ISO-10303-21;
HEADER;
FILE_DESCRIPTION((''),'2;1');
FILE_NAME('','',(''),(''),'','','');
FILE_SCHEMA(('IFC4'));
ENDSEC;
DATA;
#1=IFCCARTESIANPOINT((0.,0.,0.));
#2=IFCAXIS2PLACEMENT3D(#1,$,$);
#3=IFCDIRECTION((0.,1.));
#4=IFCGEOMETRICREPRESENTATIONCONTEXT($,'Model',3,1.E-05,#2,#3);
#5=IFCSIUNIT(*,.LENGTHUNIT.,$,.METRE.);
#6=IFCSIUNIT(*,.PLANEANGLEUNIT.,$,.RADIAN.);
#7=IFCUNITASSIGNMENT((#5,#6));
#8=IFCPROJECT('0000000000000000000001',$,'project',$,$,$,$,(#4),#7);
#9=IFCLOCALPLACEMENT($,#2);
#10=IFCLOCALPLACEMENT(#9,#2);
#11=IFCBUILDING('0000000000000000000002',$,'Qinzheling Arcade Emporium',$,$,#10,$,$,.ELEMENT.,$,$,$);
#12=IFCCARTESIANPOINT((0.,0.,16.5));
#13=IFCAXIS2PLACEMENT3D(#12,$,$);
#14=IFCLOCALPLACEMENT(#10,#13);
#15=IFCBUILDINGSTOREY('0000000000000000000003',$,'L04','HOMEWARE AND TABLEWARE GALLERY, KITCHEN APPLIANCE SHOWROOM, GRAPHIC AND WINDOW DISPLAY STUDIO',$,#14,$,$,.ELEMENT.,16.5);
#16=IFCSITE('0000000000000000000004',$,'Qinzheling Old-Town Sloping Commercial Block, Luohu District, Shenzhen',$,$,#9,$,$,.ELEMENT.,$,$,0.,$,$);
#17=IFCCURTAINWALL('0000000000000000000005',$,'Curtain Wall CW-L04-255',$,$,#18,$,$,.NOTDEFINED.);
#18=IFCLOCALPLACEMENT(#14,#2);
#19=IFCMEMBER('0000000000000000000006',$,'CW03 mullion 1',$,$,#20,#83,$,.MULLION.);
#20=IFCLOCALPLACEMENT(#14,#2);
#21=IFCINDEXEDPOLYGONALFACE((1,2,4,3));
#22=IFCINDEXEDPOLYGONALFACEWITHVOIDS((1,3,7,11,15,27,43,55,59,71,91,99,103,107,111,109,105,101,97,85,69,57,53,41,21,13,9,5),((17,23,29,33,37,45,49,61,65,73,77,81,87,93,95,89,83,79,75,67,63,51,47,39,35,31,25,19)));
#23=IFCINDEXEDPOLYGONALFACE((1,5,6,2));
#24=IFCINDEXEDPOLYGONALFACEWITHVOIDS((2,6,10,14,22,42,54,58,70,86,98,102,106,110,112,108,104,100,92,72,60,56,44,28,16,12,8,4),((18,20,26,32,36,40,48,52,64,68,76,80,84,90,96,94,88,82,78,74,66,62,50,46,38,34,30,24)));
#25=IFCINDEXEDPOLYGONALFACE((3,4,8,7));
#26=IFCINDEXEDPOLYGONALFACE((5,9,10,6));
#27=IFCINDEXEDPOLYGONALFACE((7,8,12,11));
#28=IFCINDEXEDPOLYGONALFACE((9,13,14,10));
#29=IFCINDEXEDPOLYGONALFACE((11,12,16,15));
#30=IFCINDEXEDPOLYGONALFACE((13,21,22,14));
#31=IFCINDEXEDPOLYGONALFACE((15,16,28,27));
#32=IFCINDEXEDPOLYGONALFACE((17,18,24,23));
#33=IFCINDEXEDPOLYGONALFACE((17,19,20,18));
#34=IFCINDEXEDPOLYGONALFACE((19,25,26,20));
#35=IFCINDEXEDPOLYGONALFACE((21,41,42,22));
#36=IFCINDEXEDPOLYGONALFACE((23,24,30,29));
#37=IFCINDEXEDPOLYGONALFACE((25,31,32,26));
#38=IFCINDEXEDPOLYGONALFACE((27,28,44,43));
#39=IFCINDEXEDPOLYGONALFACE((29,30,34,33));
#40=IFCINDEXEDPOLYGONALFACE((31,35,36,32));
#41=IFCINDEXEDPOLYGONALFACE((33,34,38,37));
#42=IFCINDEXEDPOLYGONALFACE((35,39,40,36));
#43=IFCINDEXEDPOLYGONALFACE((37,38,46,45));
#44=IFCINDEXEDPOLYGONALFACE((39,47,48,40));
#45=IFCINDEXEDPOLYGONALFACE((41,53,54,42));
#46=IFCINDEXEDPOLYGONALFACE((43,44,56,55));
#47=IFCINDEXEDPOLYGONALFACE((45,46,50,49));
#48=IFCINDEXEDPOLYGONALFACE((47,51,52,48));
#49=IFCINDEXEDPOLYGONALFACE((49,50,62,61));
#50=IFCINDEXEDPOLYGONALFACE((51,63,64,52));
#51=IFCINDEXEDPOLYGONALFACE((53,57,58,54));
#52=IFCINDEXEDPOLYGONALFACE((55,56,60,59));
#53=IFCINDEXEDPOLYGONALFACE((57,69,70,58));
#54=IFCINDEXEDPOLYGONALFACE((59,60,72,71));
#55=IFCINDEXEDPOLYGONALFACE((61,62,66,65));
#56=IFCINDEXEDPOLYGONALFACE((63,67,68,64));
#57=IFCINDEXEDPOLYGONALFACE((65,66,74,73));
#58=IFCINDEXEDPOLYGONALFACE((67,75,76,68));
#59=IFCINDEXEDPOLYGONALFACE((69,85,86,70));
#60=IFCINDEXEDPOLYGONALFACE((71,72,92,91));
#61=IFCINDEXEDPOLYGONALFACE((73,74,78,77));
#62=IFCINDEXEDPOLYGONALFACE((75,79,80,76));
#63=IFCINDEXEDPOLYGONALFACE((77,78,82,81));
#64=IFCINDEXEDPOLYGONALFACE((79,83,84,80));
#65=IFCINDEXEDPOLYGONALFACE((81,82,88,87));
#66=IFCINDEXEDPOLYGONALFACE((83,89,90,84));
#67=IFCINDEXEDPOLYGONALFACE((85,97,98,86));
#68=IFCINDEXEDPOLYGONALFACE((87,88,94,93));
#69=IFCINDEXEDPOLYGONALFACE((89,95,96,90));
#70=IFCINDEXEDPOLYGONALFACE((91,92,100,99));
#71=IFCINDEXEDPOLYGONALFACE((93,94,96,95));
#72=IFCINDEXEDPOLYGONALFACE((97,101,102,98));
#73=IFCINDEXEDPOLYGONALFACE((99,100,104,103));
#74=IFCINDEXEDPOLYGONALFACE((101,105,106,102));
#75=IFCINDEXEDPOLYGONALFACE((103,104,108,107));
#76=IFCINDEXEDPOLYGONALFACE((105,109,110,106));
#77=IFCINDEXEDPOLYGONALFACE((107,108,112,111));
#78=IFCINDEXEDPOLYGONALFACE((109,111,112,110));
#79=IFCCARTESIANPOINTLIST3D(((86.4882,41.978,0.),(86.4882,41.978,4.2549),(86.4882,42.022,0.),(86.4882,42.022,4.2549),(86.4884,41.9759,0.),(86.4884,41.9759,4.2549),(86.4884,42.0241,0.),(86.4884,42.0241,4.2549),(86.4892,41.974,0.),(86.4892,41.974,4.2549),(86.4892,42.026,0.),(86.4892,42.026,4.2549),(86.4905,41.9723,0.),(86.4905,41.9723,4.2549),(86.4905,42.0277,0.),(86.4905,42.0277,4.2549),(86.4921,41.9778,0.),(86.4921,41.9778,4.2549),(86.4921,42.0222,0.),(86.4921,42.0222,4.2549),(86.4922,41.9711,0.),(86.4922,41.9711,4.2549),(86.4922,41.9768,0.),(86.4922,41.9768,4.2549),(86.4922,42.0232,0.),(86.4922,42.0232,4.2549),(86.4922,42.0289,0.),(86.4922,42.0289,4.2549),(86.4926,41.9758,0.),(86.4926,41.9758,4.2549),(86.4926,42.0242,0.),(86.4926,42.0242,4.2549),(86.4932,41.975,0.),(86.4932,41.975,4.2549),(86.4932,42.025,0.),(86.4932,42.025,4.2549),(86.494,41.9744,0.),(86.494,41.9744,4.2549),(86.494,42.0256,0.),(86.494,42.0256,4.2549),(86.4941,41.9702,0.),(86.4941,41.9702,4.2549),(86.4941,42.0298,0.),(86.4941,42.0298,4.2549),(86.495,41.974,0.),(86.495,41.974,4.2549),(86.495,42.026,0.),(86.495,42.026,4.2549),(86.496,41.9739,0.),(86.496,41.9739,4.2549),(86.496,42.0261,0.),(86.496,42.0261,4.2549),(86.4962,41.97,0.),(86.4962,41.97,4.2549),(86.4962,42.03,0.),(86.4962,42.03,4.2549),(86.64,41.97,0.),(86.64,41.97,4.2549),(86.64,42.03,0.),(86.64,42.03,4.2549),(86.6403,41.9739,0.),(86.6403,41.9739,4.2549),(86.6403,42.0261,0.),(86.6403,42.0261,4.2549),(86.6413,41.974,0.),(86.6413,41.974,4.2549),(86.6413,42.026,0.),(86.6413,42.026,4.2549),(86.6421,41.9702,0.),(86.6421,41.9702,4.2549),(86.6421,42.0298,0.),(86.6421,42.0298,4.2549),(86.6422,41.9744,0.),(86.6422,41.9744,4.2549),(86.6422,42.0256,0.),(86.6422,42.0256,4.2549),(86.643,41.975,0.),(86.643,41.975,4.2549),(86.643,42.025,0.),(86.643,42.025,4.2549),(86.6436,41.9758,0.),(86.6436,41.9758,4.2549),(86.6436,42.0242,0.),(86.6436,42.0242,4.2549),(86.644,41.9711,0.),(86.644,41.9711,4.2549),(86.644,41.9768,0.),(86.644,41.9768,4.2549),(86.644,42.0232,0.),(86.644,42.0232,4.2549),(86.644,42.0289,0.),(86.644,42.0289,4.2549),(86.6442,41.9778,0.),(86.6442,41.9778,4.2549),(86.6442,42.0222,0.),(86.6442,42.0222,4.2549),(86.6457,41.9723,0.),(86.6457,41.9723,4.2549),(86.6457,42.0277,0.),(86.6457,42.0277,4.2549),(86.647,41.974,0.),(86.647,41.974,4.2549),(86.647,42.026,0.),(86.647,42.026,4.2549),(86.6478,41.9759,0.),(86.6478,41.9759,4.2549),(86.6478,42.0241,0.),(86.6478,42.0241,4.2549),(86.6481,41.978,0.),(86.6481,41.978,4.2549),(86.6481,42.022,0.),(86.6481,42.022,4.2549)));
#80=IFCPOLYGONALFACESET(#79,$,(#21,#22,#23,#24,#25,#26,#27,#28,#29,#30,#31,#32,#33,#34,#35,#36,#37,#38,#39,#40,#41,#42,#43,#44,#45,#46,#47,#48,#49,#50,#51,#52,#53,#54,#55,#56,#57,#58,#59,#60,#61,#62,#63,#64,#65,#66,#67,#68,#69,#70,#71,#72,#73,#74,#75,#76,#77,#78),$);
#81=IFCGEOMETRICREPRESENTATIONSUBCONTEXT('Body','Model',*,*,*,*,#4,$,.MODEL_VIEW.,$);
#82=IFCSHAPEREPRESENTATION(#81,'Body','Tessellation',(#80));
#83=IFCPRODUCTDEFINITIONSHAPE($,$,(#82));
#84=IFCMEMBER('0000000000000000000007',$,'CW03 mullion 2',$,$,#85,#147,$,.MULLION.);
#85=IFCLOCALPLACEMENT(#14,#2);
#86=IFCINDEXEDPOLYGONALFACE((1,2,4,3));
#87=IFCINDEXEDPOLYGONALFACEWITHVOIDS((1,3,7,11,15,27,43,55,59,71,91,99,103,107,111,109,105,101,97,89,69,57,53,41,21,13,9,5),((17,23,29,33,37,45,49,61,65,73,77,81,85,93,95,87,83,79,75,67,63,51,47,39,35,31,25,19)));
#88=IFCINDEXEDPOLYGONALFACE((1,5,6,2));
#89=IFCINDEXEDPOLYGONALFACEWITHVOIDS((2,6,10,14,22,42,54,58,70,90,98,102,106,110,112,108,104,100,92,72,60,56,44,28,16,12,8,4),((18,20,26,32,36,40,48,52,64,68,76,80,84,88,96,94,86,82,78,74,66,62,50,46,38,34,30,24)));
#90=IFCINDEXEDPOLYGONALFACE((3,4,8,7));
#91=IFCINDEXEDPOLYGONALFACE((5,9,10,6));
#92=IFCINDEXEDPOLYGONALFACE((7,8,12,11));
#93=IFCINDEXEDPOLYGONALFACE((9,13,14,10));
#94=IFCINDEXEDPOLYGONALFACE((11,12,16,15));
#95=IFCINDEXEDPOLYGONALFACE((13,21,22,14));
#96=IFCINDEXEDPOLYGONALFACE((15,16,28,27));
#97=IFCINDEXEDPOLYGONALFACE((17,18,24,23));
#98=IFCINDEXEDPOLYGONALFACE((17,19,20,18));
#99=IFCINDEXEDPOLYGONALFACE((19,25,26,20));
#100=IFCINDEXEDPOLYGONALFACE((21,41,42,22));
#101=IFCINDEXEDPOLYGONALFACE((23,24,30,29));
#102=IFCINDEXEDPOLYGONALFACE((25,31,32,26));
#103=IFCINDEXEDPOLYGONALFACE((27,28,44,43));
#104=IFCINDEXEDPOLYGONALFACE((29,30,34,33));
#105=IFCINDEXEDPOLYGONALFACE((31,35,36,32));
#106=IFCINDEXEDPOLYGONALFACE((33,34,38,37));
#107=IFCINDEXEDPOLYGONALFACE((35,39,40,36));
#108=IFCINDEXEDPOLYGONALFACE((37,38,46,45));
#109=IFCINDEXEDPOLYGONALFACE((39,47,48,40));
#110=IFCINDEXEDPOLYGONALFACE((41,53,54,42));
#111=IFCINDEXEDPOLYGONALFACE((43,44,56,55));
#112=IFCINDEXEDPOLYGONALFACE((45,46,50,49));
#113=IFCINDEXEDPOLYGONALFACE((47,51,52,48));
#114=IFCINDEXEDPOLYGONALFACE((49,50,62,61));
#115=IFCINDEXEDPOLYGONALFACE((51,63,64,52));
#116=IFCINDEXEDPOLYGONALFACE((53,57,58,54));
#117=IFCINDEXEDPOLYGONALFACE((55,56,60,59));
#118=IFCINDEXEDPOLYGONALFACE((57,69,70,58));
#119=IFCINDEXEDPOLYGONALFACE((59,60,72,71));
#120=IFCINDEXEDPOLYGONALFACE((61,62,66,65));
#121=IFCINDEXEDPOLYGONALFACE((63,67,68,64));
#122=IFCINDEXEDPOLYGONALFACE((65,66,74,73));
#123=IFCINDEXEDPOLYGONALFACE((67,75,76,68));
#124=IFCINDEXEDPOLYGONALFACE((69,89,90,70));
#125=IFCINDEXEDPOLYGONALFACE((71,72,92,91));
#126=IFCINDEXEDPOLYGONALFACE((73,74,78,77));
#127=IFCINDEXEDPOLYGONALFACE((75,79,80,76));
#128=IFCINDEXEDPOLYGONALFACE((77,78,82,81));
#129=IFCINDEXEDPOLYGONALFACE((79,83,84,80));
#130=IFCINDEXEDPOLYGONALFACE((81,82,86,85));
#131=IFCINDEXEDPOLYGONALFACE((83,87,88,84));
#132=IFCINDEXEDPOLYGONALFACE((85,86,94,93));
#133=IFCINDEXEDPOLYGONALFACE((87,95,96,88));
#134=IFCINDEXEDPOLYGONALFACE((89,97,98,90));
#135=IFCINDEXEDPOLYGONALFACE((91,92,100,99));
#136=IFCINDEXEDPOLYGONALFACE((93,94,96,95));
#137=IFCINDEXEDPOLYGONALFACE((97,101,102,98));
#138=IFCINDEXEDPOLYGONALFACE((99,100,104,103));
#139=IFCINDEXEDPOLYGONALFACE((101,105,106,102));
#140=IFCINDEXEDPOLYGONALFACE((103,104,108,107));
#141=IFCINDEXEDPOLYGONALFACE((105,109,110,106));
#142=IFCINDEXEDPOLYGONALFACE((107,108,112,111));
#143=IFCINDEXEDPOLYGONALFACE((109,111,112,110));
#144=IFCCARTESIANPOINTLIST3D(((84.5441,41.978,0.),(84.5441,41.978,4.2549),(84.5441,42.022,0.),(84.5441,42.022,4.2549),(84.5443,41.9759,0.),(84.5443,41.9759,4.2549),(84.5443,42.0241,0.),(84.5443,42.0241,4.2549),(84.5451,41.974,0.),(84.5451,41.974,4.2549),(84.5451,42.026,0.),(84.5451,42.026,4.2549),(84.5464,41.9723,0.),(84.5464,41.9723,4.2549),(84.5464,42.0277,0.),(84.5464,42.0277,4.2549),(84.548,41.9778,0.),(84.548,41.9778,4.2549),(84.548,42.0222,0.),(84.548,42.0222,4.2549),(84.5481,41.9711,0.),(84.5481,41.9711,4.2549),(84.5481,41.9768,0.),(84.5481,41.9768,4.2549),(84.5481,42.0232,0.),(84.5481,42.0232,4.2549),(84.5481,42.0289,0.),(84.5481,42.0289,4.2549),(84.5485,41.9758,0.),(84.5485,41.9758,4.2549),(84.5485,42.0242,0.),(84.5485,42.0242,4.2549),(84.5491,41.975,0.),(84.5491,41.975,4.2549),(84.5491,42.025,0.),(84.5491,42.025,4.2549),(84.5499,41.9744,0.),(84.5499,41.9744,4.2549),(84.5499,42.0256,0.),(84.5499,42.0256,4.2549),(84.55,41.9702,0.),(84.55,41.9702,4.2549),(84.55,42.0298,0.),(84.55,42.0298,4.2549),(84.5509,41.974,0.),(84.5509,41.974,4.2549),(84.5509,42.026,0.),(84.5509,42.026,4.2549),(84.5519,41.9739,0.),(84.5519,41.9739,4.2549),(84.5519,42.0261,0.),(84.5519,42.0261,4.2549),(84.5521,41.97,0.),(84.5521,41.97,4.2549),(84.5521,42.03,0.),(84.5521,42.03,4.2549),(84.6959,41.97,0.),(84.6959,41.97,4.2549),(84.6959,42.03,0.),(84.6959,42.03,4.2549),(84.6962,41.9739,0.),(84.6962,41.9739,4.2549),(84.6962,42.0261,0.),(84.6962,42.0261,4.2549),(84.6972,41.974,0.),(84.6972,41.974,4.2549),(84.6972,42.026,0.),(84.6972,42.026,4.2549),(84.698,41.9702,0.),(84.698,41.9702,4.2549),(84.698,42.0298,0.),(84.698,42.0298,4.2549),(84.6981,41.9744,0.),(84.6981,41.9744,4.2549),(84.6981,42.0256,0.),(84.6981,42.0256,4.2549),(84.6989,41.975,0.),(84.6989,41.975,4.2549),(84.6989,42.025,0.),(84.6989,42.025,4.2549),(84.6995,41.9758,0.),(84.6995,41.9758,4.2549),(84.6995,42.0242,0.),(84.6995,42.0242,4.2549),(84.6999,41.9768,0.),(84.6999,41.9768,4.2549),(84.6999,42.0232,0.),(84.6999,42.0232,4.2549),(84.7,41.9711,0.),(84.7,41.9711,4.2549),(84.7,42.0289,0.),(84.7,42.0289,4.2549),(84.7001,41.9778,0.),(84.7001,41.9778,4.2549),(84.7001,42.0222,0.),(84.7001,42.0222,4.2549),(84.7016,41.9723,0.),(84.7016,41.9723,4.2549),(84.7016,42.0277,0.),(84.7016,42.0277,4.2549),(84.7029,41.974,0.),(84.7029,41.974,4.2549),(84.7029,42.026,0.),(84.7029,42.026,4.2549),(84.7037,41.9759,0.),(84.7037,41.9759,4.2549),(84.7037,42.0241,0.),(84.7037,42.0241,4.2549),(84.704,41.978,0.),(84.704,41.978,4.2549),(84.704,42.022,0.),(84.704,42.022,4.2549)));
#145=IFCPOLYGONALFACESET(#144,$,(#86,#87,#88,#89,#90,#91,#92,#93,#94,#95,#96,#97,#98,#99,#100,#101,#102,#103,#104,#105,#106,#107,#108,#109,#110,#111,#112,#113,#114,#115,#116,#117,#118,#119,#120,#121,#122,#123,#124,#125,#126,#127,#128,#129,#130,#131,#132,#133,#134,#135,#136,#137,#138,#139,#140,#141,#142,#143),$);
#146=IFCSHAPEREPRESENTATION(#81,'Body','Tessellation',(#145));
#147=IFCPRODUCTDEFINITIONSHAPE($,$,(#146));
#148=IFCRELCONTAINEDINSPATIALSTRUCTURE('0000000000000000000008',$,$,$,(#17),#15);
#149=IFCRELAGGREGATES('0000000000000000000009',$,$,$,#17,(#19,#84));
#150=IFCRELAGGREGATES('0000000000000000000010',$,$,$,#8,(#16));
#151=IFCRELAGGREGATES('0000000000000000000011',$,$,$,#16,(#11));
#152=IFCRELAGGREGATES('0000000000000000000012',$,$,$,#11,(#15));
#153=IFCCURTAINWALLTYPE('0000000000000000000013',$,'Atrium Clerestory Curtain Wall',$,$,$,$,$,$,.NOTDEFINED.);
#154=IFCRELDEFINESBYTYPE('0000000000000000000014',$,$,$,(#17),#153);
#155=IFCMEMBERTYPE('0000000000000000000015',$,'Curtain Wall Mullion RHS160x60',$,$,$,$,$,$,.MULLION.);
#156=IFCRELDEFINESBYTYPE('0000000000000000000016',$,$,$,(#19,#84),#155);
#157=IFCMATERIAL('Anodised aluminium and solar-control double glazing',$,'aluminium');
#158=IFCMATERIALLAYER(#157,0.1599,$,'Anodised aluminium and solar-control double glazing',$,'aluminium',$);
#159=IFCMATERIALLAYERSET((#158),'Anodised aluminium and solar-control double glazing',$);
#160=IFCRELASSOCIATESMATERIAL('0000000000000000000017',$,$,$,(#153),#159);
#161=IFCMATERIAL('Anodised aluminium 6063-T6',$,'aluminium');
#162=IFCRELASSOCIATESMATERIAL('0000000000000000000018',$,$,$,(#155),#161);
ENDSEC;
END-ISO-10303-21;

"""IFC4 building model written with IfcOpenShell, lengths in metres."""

from ifc_helpers import new_model, si_unit, direction, frame, origin, origin_2d, place, context, subcontext, project, spatial, hollow_rectangle, extrude, material, layer, layer_set, material_profile, profile_set, type_object, element, aggregate, save


model = new_model("IFC4")

# Units and contexts
model_context = context("Model", 3, precision=1e-05, world=origin(), true_north=direction((0.0, 1.0)))
body_context = subcontext(model_context, "Body", "Model", "MODEL_VIEW")
ifc_project = project(units=[si_unit("LENGTHUNIT", "METRE"), si_unit("PLANEANGLEUNIT", "RADIAN")], contexts=[model_context])

# Site, building, storey
site_placement = place(None, origin())
site = spatial("IfcSite", under=ifc_project, at=site_placement, Name="Qinzheling Old-Town Sloping Commercial Block, Luohu District, Shenzhen", CompositionType="ELEMENT", RefElevation=0.0)
building_placement = place(site_placement, origin())
building = spatial("IfcBuilding", under=site, at=building_placement, Name="Qinzheling Arcade Emporium", CompositionType="ELEMENT")
storey_placement = place(building_placement, frame((0.0, 0.0, 16.5)))
storey = spatial("IfcBuildingStorey", under=building, at=storey_placement, Name="L04", Description="HOMEWARE AND TABLEWARE GALLERY, KITCHEN APPLIANCE SHOWROOM, GRAPHIC AND WINDOW DISPLAY STUDIO", CompositionType="ELEMENT", Elevation=16.5)

# Curtain wall, members
ifc_material_1 = material(Name="Anodised aluminium and solar-control double glazing", Category="aluminium")
ifc_layer_1 = layer(ifc_material_1, 0.1599, Name="Anodised aluminium and solar-control double glazing", Category="aluminium")
ifc_layer_set_1 = layer_set([ifc_layer_1], Name="Anodised aluminium and solar-control double glazing")
curtain_wall_type = type_object("IfcCurtainWallType", Name="Atrium Clerestory Curtain Wall", PredefinedType="NOTDEFINED", material=ifc_layer_set_1)
curtain_wall_placement = place(storey_placement, origin())
curtain_wall = element("IfcCurtainWall", 1, at=curtain_wall_placement, inside=storey, type_object=curtain_wall_type, Name="Curtain Wall CW-L04-255", PredefinedType="NOTDEFINED")
ifc_material_2 = material(Name="Anodised aluminium 6063-T6", Category="aluminium")
ifc_material_profile_1 = material_profile(ifc_material_2, hollow_rectangle(XDim=0.0601, YDim=0.1599, WallThickness=0.0039, InnerFilletRadius=0.0039, OuterFilletRadius=0.0081, at=origin_2d()), Name="RHS 160x60x4", Category="aluminium")
ifc_profile_set_1 = profile_set([ifc_material_profile_1], Name="Anodised aluminium 6063-T6")
member_type_1 = type_object("IfcMemberType", Name="Curtain Wall Mullion RHS160x60", PredefinedType="MULLION", material=ifc_profile_set_1)
member_1_placement = place(storey_placement, frame((86.5681, 42.0, 0.0), z_axis=(0.0, 0.0, 1.0), x_axis=(0.0, -1.0, 0.0)))
member_1 = element("IfcMember", 2, at=member_1_placement, type_object=member_type_1, Name="CW03 mullion 1", PredefinedType="MULLION", context=body_context, shape_type="SweptSolid", body=[
    extrude(hollow_rectangle(XDim=0.0601, YDim=0.1599, WallThickness=0.0039, InnerFilletRadius=0.0039, OuterFilletRadius=0.0081, at=origin_2d()), origin(), (0.0, 0.0, 1.0), 4.2549),
])
member_2_placement = place(storey_placement, frame((84.624, 42.0, 0.0), z_axis=(0.0, 0.0, 1.0), x_axis=(0.0, -1.0, 0.0)))
member_2 = element("IfcMember", 3, at=member_2_placement, type_object=member_type_1, Name="CW03 mullion 2", PredefinedType="MULLION", context=body_context, shape_type="SweptSolid", body=[
    extrude(hollow_rectangle(XDim=0.0601, YDim=0.1599, WallThickness=0.0039, InnerFilletRadius=0.0039, OuterFilletRadius=0.0081, at=origin_2d()), origin(), (0.0, 0.0, 1.0), 4.2549),
])

aggregate(curtain_wall, [member_1, member_2])

save(model, "model.ifc")
